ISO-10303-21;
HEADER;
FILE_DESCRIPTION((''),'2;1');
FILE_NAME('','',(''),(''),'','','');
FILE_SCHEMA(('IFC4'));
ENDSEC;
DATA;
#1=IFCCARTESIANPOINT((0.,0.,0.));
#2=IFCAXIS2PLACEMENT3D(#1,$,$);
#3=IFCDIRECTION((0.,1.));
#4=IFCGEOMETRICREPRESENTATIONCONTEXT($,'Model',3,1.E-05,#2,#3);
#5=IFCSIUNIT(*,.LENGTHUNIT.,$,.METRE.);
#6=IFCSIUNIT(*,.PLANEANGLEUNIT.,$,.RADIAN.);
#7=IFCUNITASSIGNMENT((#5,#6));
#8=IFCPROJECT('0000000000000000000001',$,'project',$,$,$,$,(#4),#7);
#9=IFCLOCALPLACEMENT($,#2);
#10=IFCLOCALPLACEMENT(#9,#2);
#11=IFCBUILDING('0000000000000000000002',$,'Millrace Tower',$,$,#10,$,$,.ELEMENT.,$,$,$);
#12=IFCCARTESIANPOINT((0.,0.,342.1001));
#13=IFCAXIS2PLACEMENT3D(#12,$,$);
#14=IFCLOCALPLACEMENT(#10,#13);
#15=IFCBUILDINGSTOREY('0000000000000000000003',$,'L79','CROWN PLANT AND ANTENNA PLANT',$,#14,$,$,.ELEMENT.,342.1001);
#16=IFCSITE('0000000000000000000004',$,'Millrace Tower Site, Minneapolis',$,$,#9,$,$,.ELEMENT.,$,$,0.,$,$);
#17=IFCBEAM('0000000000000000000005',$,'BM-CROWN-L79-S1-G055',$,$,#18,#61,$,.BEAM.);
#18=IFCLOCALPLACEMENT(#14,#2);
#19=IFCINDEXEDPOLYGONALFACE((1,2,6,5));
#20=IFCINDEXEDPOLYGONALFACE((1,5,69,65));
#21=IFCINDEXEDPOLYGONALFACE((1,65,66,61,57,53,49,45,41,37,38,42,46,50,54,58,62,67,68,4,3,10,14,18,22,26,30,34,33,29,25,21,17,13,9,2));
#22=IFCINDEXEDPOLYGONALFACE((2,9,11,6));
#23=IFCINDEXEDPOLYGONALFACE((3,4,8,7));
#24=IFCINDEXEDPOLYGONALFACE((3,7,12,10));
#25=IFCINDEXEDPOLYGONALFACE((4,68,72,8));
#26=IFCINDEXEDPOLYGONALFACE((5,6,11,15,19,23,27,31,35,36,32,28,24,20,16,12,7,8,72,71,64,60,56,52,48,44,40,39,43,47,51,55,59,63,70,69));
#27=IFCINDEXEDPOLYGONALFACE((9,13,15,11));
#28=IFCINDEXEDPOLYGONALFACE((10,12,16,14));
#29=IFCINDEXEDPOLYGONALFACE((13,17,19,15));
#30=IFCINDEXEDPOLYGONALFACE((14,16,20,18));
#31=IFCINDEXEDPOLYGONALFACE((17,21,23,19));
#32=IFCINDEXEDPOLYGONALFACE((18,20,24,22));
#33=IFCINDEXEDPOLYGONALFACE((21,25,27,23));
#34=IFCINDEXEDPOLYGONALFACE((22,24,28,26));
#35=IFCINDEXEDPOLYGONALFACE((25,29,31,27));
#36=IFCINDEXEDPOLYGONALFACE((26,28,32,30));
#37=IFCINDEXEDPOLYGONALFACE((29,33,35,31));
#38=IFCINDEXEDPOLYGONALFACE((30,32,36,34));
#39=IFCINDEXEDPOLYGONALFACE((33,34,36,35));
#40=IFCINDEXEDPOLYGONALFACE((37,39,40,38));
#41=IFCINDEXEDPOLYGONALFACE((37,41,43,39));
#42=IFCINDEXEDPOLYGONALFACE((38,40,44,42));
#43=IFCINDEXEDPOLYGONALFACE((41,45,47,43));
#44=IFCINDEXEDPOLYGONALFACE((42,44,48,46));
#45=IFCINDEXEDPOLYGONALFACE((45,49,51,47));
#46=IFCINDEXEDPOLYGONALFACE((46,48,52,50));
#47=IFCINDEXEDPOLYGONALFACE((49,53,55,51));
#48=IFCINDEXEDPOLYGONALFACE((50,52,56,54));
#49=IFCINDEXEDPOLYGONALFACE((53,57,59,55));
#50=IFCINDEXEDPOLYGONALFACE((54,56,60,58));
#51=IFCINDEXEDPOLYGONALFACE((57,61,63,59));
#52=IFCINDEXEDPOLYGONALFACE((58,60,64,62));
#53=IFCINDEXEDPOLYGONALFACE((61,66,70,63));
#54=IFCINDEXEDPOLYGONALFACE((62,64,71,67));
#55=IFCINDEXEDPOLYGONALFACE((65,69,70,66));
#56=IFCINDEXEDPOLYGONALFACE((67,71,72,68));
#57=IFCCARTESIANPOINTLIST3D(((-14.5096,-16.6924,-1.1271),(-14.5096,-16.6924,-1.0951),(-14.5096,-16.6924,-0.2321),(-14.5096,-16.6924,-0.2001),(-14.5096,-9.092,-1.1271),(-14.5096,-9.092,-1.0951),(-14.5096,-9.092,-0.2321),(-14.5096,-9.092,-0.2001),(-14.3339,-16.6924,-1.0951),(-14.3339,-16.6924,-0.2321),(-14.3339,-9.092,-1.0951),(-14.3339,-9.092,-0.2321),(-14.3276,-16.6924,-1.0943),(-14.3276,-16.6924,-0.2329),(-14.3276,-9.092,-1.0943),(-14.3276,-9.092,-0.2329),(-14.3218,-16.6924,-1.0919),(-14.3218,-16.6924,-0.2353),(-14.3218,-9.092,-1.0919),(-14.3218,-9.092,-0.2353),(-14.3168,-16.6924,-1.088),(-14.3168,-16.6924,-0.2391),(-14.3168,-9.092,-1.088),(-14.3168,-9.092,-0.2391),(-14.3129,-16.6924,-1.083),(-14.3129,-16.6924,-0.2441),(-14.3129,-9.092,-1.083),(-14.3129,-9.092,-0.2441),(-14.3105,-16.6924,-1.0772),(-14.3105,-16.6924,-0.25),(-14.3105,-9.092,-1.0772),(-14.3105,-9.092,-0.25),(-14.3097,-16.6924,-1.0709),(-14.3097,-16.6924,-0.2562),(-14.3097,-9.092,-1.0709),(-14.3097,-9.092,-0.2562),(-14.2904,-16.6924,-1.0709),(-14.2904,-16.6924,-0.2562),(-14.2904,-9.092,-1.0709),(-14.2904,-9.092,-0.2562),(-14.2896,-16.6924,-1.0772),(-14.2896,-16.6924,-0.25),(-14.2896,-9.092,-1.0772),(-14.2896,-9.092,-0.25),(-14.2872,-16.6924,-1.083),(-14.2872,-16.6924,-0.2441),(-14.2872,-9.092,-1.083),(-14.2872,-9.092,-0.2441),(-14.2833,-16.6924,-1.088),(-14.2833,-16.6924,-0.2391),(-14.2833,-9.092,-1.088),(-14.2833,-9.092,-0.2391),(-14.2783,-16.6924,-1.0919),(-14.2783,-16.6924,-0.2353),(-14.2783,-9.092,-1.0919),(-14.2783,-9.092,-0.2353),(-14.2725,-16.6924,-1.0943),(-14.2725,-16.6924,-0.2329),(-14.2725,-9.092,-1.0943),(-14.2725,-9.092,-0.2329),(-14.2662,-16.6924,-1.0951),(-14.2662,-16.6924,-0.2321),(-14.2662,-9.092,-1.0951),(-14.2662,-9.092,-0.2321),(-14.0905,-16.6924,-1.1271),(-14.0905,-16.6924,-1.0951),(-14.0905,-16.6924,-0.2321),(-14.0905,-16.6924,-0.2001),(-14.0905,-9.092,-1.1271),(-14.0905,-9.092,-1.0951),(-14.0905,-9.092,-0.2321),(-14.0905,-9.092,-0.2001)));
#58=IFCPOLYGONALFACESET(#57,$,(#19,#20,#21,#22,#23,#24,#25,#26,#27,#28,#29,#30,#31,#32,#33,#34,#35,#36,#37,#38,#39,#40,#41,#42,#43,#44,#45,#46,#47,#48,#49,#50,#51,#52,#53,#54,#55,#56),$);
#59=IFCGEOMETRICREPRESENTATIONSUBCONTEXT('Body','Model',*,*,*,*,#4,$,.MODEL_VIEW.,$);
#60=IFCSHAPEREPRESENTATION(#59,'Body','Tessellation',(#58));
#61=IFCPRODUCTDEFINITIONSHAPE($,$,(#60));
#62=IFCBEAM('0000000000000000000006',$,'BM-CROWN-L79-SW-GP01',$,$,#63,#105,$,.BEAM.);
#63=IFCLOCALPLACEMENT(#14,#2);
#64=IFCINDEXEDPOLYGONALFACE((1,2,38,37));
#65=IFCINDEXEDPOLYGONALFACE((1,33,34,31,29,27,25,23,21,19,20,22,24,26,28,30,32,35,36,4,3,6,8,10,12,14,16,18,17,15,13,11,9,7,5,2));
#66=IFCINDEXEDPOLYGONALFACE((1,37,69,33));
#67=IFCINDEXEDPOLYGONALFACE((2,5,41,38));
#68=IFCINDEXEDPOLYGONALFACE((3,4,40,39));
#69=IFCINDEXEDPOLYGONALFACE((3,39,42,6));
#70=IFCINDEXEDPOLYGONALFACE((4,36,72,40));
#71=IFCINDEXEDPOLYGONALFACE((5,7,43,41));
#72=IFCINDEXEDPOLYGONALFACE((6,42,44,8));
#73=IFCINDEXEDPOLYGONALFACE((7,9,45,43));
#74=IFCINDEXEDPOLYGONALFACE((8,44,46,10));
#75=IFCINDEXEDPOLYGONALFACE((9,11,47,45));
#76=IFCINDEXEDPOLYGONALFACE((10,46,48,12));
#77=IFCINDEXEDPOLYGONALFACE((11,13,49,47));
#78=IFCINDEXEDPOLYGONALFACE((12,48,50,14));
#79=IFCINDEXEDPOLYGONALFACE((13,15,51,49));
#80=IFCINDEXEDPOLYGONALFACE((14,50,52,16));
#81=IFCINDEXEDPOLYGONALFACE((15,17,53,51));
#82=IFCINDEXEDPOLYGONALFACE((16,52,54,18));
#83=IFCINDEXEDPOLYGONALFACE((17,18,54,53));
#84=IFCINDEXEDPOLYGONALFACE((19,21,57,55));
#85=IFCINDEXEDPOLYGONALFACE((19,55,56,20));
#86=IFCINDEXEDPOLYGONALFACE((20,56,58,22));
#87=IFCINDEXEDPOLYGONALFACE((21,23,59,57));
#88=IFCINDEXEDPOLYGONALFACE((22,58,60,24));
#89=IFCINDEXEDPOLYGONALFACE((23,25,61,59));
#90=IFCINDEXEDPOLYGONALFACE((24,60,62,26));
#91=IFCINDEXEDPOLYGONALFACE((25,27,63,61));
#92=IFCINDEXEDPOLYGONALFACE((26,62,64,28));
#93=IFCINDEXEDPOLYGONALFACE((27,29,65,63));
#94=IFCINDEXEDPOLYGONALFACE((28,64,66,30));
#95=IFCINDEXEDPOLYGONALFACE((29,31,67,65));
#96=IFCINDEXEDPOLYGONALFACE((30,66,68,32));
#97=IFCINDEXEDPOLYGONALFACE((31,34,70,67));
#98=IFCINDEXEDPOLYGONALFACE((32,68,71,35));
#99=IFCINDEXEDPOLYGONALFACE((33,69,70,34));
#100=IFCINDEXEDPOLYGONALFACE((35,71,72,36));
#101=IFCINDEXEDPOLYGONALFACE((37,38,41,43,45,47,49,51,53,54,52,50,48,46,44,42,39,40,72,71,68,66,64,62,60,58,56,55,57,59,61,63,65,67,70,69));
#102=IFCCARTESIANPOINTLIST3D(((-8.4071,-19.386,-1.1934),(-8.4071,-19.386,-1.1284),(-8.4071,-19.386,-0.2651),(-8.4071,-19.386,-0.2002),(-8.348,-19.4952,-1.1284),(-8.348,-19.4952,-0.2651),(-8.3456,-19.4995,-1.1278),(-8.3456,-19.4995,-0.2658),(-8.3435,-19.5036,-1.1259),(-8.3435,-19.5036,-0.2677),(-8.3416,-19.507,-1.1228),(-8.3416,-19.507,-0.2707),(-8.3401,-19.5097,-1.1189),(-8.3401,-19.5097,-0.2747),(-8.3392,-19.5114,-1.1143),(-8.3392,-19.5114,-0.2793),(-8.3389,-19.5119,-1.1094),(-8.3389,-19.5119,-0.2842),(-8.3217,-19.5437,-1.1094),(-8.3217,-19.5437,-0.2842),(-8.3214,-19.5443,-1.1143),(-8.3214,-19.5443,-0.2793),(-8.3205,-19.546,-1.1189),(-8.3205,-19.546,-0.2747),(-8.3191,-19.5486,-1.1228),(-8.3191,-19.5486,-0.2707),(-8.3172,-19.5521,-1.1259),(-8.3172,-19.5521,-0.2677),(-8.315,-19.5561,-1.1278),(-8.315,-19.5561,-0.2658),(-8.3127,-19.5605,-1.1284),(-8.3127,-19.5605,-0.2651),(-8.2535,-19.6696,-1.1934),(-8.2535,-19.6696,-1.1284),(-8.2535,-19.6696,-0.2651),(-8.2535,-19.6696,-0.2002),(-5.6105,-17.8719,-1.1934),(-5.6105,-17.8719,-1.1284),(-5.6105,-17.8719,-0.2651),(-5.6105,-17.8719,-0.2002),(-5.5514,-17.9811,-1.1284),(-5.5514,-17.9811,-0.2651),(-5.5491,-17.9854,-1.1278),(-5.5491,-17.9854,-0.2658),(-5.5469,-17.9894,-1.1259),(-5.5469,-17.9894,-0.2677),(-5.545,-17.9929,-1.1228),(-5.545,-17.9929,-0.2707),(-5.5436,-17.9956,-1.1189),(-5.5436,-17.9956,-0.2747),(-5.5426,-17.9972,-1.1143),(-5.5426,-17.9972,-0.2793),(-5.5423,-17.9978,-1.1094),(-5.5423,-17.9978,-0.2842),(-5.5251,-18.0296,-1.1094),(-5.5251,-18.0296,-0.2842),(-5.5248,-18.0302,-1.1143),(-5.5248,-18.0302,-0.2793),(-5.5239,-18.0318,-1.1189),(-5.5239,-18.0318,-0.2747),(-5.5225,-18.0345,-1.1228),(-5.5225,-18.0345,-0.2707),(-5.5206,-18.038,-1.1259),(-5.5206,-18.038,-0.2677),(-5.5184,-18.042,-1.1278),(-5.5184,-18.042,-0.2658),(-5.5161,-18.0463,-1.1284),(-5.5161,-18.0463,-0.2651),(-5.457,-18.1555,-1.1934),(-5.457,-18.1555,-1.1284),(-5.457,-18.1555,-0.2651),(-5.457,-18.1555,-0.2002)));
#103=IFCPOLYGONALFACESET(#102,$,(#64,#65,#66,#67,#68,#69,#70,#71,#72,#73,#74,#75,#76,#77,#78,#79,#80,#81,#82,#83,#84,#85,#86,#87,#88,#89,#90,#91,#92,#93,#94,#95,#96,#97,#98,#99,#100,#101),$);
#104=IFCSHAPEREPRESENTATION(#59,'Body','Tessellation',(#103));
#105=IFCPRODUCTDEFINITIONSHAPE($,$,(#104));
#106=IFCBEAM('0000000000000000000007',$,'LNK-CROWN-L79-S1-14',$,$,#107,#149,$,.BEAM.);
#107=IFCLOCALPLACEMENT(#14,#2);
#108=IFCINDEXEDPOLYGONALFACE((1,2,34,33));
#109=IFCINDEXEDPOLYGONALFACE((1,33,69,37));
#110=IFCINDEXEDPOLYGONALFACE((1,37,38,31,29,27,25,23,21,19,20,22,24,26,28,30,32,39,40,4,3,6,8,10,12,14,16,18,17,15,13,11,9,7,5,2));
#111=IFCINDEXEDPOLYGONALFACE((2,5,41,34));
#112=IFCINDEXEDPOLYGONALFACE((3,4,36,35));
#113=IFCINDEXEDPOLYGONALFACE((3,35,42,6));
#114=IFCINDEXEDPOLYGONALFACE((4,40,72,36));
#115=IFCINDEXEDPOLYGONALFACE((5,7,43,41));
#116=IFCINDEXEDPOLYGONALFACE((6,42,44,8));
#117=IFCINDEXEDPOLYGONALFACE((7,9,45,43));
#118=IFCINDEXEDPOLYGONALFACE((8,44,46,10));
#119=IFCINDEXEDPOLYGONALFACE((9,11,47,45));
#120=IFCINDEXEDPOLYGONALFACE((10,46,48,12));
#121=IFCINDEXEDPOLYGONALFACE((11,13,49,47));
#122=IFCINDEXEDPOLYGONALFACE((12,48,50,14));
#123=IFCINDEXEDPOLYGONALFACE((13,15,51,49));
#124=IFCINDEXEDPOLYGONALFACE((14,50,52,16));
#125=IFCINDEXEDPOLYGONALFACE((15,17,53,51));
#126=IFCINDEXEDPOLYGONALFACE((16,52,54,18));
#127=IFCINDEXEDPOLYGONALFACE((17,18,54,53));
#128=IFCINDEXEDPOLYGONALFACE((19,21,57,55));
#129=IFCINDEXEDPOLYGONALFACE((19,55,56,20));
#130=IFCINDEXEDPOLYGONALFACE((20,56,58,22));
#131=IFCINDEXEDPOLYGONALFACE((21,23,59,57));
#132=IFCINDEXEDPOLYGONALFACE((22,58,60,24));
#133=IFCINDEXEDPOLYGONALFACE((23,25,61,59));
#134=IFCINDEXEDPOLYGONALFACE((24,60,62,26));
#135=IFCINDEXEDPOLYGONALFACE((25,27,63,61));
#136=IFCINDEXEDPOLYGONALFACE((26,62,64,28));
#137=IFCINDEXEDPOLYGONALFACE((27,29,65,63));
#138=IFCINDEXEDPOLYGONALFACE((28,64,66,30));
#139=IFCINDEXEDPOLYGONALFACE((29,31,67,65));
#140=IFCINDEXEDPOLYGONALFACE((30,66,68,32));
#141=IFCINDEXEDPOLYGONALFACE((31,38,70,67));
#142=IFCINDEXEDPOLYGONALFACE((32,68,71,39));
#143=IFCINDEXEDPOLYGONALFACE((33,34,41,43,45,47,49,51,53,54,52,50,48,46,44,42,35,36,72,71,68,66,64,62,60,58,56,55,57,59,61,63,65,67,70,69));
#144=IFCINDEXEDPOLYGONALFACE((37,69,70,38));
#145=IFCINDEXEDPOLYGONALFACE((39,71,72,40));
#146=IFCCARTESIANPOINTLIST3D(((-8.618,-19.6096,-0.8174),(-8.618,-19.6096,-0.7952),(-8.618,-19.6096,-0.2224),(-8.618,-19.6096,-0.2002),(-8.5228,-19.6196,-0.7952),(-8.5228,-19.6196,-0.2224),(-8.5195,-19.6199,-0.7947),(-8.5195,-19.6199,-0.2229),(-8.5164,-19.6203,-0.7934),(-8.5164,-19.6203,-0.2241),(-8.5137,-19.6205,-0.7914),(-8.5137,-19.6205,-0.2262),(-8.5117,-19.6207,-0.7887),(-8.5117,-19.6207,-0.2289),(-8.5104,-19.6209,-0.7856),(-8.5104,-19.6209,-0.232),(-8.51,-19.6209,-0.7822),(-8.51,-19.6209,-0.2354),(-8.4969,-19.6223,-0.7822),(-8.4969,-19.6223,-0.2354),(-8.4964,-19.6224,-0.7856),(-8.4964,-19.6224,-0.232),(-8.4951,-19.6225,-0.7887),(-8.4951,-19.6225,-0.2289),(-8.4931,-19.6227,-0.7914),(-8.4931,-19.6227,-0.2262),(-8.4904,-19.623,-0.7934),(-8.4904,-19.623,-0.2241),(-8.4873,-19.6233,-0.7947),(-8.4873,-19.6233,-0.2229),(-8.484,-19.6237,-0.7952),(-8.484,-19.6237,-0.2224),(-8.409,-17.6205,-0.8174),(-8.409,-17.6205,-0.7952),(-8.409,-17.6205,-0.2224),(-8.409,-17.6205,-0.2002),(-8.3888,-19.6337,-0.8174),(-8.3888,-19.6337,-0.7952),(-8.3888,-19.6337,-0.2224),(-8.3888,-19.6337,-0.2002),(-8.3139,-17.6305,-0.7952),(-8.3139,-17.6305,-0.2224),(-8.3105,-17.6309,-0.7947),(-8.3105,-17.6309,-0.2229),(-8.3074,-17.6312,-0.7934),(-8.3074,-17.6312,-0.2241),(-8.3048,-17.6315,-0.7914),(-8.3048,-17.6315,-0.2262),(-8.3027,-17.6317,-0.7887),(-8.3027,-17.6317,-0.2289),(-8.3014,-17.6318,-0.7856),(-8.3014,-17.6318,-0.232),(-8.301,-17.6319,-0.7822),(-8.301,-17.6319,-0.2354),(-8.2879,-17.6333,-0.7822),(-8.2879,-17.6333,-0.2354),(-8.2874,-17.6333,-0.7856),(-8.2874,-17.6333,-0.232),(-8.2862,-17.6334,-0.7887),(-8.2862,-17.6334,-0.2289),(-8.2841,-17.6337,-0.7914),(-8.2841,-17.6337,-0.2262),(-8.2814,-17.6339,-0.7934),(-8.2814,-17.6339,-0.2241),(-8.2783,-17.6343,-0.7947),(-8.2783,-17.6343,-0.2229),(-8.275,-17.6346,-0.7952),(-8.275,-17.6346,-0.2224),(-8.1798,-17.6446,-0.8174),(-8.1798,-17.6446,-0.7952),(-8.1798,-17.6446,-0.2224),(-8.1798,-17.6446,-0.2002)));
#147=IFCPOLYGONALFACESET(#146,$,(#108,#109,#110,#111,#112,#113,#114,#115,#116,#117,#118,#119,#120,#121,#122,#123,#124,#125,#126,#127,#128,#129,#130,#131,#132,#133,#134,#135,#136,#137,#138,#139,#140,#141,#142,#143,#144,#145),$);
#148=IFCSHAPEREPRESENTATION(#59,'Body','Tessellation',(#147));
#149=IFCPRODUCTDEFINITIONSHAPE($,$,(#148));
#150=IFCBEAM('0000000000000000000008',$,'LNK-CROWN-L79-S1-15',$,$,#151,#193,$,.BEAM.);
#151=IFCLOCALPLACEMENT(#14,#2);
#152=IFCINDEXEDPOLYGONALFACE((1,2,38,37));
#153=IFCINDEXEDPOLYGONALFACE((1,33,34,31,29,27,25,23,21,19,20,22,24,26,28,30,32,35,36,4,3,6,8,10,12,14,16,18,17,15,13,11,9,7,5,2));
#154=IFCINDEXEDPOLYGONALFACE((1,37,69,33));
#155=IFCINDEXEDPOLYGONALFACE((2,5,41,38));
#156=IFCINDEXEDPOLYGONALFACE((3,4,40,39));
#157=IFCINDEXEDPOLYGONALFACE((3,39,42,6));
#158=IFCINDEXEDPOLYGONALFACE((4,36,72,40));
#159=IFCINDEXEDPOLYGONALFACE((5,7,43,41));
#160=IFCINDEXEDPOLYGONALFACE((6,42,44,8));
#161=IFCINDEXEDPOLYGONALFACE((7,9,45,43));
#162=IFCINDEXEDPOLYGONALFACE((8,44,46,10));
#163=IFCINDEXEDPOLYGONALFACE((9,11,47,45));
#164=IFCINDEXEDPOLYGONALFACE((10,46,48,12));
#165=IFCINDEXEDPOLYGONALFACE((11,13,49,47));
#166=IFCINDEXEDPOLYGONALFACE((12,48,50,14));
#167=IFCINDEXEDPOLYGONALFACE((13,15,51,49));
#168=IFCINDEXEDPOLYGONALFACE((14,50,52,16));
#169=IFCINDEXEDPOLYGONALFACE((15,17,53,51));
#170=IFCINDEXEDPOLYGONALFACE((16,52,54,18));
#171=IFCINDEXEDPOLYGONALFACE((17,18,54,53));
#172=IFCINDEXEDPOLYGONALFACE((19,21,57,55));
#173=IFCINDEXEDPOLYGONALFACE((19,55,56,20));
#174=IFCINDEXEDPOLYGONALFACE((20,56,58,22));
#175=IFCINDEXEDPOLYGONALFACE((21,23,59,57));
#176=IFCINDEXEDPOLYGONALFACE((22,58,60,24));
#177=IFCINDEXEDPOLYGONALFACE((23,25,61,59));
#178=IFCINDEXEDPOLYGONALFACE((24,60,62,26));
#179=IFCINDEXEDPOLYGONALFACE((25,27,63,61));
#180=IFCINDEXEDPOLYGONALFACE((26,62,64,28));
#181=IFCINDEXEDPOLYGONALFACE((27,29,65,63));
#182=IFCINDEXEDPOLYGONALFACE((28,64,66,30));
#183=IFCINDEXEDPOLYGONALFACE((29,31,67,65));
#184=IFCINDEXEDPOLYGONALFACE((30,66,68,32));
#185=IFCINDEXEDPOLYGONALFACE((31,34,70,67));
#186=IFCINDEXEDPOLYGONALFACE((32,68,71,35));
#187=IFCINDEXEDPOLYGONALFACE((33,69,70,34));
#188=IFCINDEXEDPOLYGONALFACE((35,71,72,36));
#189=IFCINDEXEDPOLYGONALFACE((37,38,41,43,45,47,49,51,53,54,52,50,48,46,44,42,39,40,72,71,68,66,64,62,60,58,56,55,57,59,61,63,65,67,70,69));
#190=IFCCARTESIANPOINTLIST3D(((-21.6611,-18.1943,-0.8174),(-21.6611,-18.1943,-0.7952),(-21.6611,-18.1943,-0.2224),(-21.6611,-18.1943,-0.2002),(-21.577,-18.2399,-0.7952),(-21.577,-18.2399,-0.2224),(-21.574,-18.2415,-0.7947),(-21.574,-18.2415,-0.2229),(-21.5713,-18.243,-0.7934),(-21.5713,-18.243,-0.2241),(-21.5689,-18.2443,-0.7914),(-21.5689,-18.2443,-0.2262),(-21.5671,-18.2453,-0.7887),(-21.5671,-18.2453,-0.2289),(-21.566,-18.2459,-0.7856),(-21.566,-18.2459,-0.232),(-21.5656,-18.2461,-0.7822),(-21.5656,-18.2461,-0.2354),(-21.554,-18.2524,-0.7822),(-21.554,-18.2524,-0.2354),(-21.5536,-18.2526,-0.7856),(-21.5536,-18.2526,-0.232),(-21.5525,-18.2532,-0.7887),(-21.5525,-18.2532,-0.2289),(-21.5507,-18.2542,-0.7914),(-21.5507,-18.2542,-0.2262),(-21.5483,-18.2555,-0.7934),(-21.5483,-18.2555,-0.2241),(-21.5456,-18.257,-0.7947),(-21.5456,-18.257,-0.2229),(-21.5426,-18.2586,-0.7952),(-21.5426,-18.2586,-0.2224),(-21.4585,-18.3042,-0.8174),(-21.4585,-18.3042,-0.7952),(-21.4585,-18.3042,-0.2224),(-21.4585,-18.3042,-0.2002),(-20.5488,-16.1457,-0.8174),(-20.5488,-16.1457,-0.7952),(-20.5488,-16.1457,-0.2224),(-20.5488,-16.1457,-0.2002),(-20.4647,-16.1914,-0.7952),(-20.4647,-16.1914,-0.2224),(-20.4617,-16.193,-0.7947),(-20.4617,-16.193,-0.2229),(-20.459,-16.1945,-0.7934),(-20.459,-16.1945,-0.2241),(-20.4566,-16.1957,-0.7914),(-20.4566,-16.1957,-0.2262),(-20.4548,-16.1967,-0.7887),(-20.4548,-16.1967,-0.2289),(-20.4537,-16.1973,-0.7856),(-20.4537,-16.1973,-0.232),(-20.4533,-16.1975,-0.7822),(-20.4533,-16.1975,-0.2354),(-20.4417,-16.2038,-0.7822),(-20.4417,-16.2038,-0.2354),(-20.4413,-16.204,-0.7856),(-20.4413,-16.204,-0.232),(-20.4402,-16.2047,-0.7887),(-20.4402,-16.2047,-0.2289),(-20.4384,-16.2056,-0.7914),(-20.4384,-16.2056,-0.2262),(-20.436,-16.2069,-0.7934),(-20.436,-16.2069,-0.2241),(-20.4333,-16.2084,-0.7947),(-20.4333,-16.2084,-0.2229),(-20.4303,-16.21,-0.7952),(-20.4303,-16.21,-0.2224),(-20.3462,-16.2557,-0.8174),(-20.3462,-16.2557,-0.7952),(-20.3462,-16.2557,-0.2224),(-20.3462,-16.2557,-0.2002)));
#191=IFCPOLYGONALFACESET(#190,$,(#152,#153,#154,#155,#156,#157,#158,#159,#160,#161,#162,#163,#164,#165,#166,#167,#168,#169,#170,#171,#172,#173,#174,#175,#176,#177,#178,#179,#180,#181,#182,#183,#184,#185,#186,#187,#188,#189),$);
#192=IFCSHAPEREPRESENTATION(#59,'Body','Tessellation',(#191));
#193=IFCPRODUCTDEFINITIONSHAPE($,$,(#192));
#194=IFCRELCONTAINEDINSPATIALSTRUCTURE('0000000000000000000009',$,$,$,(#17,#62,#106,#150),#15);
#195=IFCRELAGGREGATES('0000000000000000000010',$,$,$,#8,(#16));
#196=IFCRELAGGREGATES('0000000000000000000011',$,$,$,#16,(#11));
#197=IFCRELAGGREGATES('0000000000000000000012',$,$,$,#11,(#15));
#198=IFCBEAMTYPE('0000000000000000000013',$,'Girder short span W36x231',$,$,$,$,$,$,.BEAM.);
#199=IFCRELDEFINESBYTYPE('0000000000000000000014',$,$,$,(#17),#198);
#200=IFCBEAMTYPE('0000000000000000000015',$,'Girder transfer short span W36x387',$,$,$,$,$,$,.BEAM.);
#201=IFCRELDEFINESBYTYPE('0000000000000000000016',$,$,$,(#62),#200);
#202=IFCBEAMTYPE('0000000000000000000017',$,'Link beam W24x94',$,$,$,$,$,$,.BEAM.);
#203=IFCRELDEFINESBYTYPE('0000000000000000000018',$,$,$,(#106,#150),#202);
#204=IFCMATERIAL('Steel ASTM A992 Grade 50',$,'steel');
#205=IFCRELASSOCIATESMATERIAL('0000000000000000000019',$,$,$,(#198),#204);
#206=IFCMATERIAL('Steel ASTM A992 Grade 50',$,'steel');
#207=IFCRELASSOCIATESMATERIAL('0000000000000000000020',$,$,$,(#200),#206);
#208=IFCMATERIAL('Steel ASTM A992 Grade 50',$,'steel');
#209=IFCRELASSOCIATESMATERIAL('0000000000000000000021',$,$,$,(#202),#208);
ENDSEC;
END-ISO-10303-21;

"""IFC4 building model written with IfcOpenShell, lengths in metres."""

from ifc_helpers import new_model, si_unit, direction, frame, origin, origin_2d, place, context, subcontext, project, spatial, i_section, extrude, material, material_profile, profile_set, type_object, element, save


model = new_model("IFC4")

# Units and contexts
model_context = context("Model", 3, precision=1e-05, world=origin(), true_north=direction((0.0, 1.0)))
body_context = subcontext(model_context, "Body", "Model", "MODEL_VIEW")
ifc_project = project(units=[si_unit("LENGTHUNIT", "METRE"), si_unit("PLANEANGLEUNIT", "RADIAN")], contexts=[model_context])

# Site, building, storey
site_placement = place(None, origin())
site = spatial("IfcSite", under=ifc_project, at=site_placement, Name="Millrace Tower Site, Minneapolis", CompositionType="ELEMENT", RefElevation=0.0)
building_placement = place(site_placement, origin())
building = spatial("IfcBuilding", under=site, at=building_placement, Name="Millrace Tower", CompositionType="ELEMENT")
storey_placement = place(building_placement, frame((0.0, 0.0, 342.1001)))
storey = spatial("IfcBuildingStorey", under=building, at=storey_placement, Name="L79", Description="CROWN PLANT AND ANTENNA PLANT", CompositionType="ELEMENT", Elevation=342.1001)

# Beams
ifc_material_1 = material(Name="Steel ASTM A992 Grade 50", Category="steel")
ifc_material_profile_1 = material_profile(ifc_material_1, i_section(OverallWidth=0.4192, OverallDepth=0.927, WebThickness=0.0193, FlangeThickness=0.032, FilletRadius=0.0242, at=origin_2d()))
ifc_profile_set_1 = profile_set([ifc_material_profile_1], Name="Steel ASTM A992 Grade 50")
beam_type_1 = type_object("IfcBeamType", Name="Girder short span W36x231", PredefinedType="BEAM", material=ifc_profile_set_1)
beam_1_placement = place(storey_placement, frame((-14.3, -16.6924, -0.6636), z_axis=(0.0, 1.0, 0.0), x_axis=(-1.0, 0.0, 0.0)))
element("IfcBeam", 1, at=beam_1_placement, inside=storey, type_object=beam_type_1, Name="BM-CROWN-L79-S1-G055", PredefinedType="BEAM", context=body_context, shape_type="SweptSolid", body=[
    extrude(i_section(OverallWidth=0.4192, OverallDepth=0.927, WebThickness=0.0193, FlangeThickness=0.032, FilletRadius=0.0242, at=origin_2d()), origin(), (0.0, 0.0, 1.0), 7.6003),
])
ifc_material_2 = material(Name="Steel ASTM A992 Grade 50", Category="steel")
ifc_material_profile_2 = material_profile(ifc_material_2, i_section(OverallWidth=0.3225, OverallDepth=0.9932, WebThickness=0.0361, FlangeThickness=0.0649, FilletRadius=0.019, at=origin_2d()))
ifc_profile_set_2 = profile_set([ifc_material_profile_2], Name="Steel ASTM A992 Grade 50")
beam_type_2 = type_object("IfcBeamType", Name="Girder transfer short span W36x387", PredefinedType="BEAM", material=ifc_profile_set_2)
beam_2_placement = place(storey_placement, frame((-8.3303, -19.5278, -0.6968), z_axis=(0.879382, 0.476117, 0.0), x_axis=(-0.476117, 0.879382, 0.0)))
element("IfcBeam", 2, at=beam_2_placement, inside=storey, type_object=beam_type_2, Name="BM-CROWN-L79-SW-GP01", PredefinedType="BEAM", context=body_context, shape_type="SweptSolid", body=[
    extrude(i_section(OverallWidth=0.3225, OverallDepth=0.9932, WebThickness=0.0361, FlangeThickness=0.0649, FilletRadius=0.019, at=origin_2d()), origin(), (0.0, 0.0, 1.0), 3.1802),
])
ifc_material_3 = material(Name="Steel ASTM A992 Grade 50", Category="steel")
ifc_material_profile_3 = material_profile(ifc_material_3, i_section(OverallWidth=0.2305, OverallDepth=0.6172, WebThickness=0.0132, FlangeThickness=0.0222, FilletRadius=0.0129, at=origin_2d()))
ifc_profile_set_3 = profile_set([ifc_material_profile_3], Name="Steel ASTM A992 Grade 50")
beam_type_3 = type_object("IfcBeamType", Name="Link beam W24x94", PredefinedType="BEAM", material=ifc_profile_set_3)
beam_3_placement = place(storey_placement, frame((-8.2944, -17.6326, -0.5088), z_axis=(-0.104494, -0.994526, 0.0), x_axis=(0.994526, -0.104494, 0.0)))
element("IfcBeam", 3, at=beam_3_placement, inside=storey, type_object=beam_type_3, Name="LNK-CROWN-L79-S1-14", PredefinedType="BEAM", context=body_context, shape_type="SweptSolid", body=[
    extrude(i_section(OverallWidth=0.2305, OverallDepth=0.6172, WebThickness=0.0132, FlangeThickness=0.0222, FilletRadius=0.0129, at=origin_2d()), origin(), (0.0, 0.0, 1.0), 2.0),
])
beam_4_placement = place(storey_placement, frame((-20.4475, -16.2007, -0.5088), z_axis=(-0.477164, -0.878815, 0.0), x_axis=(0.878815, -0.477164, 0.0)))
element("IfcBeam", 4, at=beam_4_placement, inside=storey, type_object=beam_type_3, Name="LNK-CROWN-L79-S1-15", PredefinedType="BEAM", context=body_context, shape_type="SweptSolid", body=[
    extrude(i_section(OverallWidth=0.2305, OverallDepth=0.6172, WebThickness=0.0132, FlangeThickness=0.0222, FilletRadius=0.0129, at=origin_2d()), origin(), (0.0, 0.0, 1.0), 2.3311),
])

save(model, "model.ifc")
